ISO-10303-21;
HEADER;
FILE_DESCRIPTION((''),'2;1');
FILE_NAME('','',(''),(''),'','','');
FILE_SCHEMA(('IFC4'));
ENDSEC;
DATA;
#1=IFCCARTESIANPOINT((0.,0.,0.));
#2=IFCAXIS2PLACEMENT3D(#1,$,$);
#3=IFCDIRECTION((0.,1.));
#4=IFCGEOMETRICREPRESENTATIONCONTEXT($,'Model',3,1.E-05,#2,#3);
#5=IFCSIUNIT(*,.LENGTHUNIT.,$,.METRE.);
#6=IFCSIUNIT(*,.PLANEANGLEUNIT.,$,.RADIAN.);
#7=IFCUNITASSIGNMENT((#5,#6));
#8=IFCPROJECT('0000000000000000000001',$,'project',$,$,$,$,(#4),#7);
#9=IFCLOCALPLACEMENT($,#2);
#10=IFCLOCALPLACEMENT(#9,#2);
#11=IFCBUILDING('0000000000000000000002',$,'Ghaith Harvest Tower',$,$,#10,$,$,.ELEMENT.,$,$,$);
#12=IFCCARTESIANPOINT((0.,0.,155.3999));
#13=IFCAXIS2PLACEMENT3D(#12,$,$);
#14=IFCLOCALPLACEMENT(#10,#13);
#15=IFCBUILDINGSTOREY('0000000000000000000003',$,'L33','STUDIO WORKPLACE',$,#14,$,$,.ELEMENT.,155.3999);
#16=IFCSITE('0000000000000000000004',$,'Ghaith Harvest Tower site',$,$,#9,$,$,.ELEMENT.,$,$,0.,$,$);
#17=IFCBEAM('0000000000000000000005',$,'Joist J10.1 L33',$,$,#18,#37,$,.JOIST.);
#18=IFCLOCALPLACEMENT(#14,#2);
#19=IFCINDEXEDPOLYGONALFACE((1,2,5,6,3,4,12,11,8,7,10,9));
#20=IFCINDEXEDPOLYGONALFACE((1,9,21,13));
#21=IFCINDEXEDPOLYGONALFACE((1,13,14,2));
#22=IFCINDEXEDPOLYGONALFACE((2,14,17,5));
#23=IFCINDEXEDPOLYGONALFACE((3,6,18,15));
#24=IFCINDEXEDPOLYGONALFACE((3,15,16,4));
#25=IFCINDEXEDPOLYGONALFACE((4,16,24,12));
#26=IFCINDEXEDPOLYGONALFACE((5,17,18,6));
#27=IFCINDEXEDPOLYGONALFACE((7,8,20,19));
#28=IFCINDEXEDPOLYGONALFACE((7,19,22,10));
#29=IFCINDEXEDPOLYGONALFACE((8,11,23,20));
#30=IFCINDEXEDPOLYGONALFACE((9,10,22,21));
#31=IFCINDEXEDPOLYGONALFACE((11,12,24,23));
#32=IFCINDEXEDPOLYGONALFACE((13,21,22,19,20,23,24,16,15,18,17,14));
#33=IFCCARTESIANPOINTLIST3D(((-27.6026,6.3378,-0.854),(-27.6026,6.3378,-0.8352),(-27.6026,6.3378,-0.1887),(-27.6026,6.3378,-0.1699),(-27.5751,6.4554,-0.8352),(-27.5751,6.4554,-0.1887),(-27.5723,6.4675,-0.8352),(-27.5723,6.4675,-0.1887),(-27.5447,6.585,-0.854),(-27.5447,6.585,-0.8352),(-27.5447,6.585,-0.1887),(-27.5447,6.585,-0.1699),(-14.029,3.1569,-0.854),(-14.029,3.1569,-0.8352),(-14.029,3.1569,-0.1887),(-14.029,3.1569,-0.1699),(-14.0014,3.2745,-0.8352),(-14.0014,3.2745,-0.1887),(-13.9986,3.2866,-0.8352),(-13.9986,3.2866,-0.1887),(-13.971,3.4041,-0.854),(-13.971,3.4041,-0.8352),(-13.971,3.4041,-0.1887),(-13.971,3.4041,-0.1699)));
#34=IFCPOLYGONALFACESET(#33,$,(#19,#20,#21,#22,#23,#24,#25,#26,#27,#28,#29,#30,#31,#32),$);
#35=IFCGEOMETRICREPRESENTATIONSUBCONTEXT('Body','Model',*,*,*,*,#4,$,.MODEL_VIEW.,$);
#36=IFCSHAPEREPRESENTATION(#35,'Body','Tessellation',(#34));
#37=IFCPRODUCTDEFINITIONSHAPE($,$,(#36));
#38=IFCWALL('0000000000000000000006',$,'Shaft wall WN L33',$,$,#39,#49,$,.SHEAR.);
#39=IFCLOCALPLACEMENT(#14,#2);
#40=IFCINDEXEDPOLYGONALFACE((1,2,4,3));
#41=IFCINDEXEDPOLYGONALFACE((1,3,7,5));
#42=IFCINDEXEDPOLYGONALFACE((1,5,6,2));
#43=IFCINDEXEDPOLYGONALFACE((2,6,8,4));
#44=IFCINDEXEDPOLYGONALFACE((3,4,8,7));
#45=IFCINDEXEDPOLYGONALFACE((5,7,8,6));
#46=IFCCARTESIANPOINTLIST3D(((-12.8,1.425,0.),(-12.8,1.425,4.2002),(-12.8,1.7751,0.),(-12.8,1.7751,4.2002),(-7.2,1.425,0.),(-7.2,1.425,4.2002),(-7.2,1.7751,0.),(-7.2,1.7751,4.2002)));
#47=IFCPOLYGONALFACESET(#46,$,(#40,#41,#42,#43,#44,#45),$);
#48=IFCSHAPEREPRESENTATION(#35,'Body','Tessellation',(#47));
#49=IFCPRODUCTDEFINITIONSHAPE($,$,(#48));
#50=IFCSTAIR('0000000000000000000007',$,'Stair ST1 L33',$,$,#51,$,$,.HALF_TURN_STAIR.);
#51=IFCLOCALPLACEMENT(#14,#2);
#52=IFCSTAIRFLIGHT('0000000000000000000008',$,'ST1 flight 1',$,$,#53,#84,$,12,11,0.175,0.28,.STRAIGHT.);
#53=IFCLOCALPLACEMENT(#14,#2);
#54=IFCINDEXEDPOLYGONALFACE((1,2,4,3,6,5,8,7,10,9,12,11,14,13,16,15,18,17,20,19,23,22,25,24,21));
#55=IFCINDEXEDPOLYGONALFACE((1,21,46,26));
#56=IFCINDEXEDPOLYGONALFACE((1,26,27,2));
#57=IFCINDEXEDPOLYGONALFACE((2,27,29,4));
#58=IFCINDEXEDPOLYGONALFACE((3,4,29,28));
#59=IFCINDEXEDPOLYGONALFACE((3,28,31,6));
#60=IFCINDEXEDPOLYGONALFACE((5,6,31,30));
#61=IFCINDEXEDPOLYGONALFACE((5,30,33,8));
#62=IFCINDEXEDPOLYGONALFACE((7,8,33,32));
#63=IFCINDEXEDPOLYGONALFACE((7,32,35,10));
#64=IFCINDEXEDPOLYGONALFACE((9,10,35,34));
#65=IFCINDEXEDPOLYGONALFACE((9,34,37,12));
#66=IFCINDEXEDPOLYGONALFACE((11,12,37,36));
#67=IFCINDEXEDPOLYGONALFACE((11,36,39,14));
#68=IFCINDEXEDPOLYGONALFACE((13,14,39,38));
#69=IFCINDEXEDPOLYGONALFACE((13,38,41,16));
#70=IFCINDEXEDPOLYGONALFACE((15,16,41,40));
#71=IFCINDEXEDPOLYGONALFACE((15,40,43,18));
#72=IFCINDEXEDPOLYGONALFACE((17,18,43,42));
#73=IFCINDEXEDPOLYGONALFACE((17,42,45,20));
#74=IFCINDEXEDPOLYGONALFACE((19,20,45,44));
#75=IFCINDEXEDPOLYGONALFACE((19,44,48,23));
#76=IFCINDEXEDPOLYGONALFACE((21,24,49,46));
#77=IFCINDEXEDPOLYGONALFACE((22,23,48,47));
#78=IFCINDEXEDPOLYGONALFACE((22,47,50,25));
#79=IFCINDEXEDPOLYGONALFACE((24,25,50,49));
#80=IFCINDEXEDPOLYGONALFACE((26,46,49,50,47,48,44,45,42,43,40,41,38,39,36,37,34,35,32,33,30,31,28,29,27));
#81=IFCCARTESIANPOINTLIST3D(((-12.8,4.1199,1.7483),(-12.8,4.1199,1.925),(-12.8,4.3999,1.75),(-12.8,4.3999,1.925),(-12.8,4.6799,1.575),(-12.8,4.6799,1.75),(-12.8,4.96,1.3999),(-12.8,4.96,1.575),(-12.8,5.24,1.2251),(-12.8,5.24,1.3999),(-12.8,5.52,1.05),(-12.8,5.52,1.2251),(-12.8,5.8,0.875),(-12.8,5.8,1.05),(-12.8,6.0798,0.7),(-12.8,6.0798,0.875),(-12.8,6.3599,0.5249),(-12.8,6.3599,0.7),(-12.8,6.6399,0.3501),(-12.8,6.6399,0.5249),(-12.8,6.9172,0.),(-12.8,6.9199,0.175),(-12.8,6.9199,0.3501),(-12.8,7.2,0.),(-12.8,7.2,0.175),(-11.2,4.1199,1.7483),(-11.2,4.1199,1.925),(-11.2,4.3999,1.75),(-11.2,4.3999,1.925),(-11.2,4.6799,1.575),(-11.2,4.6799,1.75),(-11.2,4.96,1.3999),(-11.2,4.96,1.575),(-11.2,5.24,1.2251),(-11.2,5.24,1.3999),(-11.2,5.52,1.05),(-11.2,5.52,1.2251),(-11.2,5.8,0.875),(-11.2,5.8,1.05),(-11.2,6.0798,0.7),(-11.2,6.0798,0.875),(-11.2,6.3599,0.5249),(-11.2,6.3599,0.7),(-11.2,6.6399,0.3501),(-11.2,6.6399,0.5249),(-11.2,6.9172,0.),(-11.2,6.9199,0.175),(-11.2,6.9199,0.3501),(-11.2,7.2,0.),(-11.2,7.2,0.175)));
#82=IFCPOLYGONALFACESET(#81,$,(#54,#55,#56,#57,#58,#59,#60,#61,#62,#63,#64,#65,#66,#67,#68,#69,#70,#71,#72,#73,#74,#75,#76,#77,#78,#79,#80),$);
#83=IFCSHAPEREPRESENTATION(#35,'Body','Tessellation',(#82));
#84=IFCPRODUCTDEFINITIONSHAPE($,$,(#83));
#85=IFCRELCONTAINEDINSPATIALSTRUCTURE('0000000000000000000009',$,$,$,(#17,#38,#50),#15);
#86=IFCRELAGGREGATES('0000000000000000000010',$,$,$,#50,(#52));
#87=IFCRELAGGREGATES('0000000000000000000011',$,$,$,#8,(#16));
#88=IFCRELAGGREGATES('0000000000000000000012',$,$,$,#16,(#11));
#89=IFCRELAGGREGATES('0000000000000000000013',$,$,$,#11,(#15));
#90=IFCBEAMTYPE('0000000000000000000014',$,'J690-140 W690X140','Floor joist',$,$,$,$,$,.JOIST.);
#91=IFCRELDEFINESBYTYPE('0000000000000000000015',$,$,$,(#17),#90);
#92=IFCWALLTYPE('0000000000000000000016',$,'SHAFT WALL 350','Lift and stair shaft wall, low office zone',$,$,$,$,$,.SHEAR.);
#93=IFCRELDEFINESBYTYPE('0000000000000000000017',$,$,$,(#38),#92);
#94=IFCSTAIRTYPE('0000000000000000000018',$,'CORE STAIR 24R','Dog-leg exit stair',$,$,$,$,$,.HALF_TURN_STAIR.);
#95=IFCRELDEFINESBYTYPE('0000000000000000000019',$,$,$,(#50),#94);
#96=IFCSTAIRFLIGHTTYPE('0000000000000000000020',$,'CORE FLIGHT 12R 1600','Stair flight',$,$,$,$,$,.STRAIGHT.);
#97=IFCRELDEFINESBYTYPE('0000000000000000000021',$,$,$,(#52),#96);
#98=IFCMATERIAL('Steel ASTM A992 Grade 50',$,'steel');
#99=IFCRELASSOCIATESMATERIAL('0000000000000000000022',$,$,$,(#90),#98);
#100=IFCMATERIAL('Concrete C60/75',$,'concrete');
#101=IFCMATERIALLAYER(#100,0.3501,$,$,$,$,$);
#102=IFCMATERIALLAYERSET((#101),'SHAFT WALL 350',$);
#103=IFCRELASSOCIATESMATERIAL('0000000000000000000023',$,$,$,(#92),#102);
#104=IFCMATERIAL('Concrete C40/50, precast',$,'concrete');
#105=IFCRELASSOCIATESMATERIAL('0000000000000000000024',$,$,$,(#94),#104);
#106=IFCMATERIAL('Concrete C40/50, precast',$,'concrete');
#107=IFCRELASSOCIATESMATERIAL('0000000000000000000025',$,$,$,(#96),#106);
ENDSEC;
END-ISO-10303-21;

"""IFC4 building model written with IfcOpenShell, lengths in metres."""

from ifc_helpers import new_model, si_unit, direction, frame, frame_2d, origin, origin_2d, place, context, subcontext, project, spatial, polyline, rectangle, i_section, outline, extrude, material, layer, layer_set, material_profile, profile_set, type_object, element, aggregate, save


model = new_model("IFC4")

# Units and contexts
model_context = context("Model", 3, precision=1e-05, world=origin(), true_north=direction((0.0, 1.0)))
body_context = subcontext(model_context, "Body", "Model", "MODEL_VIEW")
ifc_project = project(units=[si_unit("LENGTHUNIT", "METRE"), si_unit("PLANEANGLEUNIT", "RADIAN")], contexts=[model_context])

# Site, building, storey
site_placement = place(None, origin())
site = spatial("IfcSite", under=ifc_project, at=site_placement, Name="Ghaith Harvest Tower site", CompositionType="ELEMENT", RefElevation=0.0)
building_placement = place(site_placement, origin())
building = spatial("IfcBuilding", under=site, at=building_placement, Name="Ghaith Harvest Tower", CompositionType="ELEMENT")
storey_placement = place(building_placement, frame((0.0, 0.0, 155.3999)))
storey = spatial("IfcBuildingStorey", under=building, at=storey_placement, Name="L33", Description="STUDIO WORKPLACE", CompositionType="ELEMENT", Elevation=155.3999)

# Beam
ifc_material_1 = material(Name="Steel ASTM A992 Grade 50", Category="steel")
ifc_material_profile_1 = material_profile(ifc_material_1, i_section(OverallWidth=0.2539, OverallDepth=0.6841, WebThickness=0.0125, FlangeThickness=0.0188, at=origin_2d()), Name="W690X140")
ifc_profile_set_1 = profile_set([ifc_material_profile_1], Name="Steel ASTM A992 Grade 50")
beam_type_1 = type_object("IfcBeamType", Name="J690-140 W690X140", Description="Floor joist", PredefinedType="JOIST", material=ifc_profile_set_1)
beam_1_placement = place(storey_placement, frame((-14.0, 3.2805, -0.512), z_axis=(-0.973623, 0.228162, 0.0), x_axis=(-0.228162, -0.973623, 0.0)))
element("IfcBeam", 1, at=beam_1_placement, inside=storey, type_object=beam_type_1, Name="Joist J10.1 L33", PredefinedType="JOIST", context=body_context, shape_type="SweptSolid", body=[
    extrude(i_section(OverallWidth=0.2539, OverallDepth=0.6841, WebThickness=0.0125, FlangeThickness=0.0188, at=origin_2d()), origin(), (0.0, 0.0, 1.0), 13.9414),
])

# Wall
ifc_material_2 = material(Name="Concrete C60/75", Category="concrete")
ifc_layer_1 = layer(ifc_material_2, 0.3501)
ifc_layer_set_1 = layer_set([ifc_layer_1], Name="SHAFT WALL 350")
wall_type_1 = type_object("IfcWallType", Name="SHAFT WALL 350", Description="Lift and stair shaft wall, low office zone", PredefinedType="SHEAR", material=ifc_layer_set_1)
wall_1_placement = place(storey_placement, frame((-12.8, 1.6001, 0.0), z_axis=(0.0, 0.0, 1.0), x_axis=(1.0, 0.0, 0.0)))
element("IfcWall", 2, at=wall_1_placement, inside=storey, type_object=wall_type_1, Name="Shaft wall WN L33", PredefinedType="SHEAR", context=body_context, shape_type="SweptSolid", body=[
    extrude(rectangle(XDim=5.6001, YDim=0.3501, at=frame_2d((2.8, 0.0))), origin(), (0.0, 0.0, 1.0), 4.2002),
])

# Stair, stair flight
ifc_material_3 = material(Name="Concrete C40/50, precast", Category="concrete")
stair_type = type_object("IfcStairType", Name="CORE STAIR 24R", Description="Dog-leg exit stair", PredefinedType="HALF_TURN_STAIR", material=ifc_material_3)
stair_placement = place(storey_placement, origin())
stair = element("IfcStair", 3, at=stair_placement, inside=storey, type_object=stair_type, Name="Stair ST1 L33", PredefinedType="HALF_TURN_STAIR")
ifc_material_4 = material(Name="Concrete C40/50, precast", Category="concrete")
stair_flight_type = type_object("IfcStairFlightType", Name="CORE FLIGHT 12R 1600", Description="Stair flight", PredefinedType="STRAIGHT", material=ifc_material_4)
stair_flight_placement = place(storey_placement, frame((-12.0, 7.2, 0.0), z_axis=(0.0, 0.0, 1.0), x_axis=(0.0, -1.0, 0.0)))
stair_flight = element("IfcStairFlight", 4, at=stair_flight_placement, type_object=stair_flight_type, Name="ST1 flight 1", NumberOfRisers=12, NumberOfTreads=11, PredefinedType="STRAIGHT", RiserHeight=0.175, TreadLength=0.28, context=body_context, shape_type="SweptSolid", body=[
    extrude(outline(polyline([(0.0, 0.0), (0.0, 0.175), (0.28, 0.175), (0.28, 0.3501), (0.5601, 0.3501), (0.5601, 0.5249), (0.8401, 0.5249), (0.8401, 0.7), (1.1201, 0.7), (1.1201, 0.875), (1.3999, 0.875), (1.3999, 1.05), (1.6799, 1.05), (1.6799, 1.2251), (1.96, 1.2251), (1.96, 1.3999), (2.24, 1.3999), (2.24, 1.575), (2.52, 1.575), (2.52, 1.75), (2.8, 1.75), (2.8, 1.925), (3.0801, 1.925), (3.0801, 2.1001), (3.0801, 1.7483), (0.2827, 0.0), (0.0, 0.0)])), frame((0.0, 0.8, 0.0), z_axis=(0.0, -1.0, 0.0), x_axis=(1.0, 0.0, 0.0)), (0.0, 0.0, 1.0), 1.6001),
])
aggregate(stair, [stair_flight])

save(model, "model.ifc")
